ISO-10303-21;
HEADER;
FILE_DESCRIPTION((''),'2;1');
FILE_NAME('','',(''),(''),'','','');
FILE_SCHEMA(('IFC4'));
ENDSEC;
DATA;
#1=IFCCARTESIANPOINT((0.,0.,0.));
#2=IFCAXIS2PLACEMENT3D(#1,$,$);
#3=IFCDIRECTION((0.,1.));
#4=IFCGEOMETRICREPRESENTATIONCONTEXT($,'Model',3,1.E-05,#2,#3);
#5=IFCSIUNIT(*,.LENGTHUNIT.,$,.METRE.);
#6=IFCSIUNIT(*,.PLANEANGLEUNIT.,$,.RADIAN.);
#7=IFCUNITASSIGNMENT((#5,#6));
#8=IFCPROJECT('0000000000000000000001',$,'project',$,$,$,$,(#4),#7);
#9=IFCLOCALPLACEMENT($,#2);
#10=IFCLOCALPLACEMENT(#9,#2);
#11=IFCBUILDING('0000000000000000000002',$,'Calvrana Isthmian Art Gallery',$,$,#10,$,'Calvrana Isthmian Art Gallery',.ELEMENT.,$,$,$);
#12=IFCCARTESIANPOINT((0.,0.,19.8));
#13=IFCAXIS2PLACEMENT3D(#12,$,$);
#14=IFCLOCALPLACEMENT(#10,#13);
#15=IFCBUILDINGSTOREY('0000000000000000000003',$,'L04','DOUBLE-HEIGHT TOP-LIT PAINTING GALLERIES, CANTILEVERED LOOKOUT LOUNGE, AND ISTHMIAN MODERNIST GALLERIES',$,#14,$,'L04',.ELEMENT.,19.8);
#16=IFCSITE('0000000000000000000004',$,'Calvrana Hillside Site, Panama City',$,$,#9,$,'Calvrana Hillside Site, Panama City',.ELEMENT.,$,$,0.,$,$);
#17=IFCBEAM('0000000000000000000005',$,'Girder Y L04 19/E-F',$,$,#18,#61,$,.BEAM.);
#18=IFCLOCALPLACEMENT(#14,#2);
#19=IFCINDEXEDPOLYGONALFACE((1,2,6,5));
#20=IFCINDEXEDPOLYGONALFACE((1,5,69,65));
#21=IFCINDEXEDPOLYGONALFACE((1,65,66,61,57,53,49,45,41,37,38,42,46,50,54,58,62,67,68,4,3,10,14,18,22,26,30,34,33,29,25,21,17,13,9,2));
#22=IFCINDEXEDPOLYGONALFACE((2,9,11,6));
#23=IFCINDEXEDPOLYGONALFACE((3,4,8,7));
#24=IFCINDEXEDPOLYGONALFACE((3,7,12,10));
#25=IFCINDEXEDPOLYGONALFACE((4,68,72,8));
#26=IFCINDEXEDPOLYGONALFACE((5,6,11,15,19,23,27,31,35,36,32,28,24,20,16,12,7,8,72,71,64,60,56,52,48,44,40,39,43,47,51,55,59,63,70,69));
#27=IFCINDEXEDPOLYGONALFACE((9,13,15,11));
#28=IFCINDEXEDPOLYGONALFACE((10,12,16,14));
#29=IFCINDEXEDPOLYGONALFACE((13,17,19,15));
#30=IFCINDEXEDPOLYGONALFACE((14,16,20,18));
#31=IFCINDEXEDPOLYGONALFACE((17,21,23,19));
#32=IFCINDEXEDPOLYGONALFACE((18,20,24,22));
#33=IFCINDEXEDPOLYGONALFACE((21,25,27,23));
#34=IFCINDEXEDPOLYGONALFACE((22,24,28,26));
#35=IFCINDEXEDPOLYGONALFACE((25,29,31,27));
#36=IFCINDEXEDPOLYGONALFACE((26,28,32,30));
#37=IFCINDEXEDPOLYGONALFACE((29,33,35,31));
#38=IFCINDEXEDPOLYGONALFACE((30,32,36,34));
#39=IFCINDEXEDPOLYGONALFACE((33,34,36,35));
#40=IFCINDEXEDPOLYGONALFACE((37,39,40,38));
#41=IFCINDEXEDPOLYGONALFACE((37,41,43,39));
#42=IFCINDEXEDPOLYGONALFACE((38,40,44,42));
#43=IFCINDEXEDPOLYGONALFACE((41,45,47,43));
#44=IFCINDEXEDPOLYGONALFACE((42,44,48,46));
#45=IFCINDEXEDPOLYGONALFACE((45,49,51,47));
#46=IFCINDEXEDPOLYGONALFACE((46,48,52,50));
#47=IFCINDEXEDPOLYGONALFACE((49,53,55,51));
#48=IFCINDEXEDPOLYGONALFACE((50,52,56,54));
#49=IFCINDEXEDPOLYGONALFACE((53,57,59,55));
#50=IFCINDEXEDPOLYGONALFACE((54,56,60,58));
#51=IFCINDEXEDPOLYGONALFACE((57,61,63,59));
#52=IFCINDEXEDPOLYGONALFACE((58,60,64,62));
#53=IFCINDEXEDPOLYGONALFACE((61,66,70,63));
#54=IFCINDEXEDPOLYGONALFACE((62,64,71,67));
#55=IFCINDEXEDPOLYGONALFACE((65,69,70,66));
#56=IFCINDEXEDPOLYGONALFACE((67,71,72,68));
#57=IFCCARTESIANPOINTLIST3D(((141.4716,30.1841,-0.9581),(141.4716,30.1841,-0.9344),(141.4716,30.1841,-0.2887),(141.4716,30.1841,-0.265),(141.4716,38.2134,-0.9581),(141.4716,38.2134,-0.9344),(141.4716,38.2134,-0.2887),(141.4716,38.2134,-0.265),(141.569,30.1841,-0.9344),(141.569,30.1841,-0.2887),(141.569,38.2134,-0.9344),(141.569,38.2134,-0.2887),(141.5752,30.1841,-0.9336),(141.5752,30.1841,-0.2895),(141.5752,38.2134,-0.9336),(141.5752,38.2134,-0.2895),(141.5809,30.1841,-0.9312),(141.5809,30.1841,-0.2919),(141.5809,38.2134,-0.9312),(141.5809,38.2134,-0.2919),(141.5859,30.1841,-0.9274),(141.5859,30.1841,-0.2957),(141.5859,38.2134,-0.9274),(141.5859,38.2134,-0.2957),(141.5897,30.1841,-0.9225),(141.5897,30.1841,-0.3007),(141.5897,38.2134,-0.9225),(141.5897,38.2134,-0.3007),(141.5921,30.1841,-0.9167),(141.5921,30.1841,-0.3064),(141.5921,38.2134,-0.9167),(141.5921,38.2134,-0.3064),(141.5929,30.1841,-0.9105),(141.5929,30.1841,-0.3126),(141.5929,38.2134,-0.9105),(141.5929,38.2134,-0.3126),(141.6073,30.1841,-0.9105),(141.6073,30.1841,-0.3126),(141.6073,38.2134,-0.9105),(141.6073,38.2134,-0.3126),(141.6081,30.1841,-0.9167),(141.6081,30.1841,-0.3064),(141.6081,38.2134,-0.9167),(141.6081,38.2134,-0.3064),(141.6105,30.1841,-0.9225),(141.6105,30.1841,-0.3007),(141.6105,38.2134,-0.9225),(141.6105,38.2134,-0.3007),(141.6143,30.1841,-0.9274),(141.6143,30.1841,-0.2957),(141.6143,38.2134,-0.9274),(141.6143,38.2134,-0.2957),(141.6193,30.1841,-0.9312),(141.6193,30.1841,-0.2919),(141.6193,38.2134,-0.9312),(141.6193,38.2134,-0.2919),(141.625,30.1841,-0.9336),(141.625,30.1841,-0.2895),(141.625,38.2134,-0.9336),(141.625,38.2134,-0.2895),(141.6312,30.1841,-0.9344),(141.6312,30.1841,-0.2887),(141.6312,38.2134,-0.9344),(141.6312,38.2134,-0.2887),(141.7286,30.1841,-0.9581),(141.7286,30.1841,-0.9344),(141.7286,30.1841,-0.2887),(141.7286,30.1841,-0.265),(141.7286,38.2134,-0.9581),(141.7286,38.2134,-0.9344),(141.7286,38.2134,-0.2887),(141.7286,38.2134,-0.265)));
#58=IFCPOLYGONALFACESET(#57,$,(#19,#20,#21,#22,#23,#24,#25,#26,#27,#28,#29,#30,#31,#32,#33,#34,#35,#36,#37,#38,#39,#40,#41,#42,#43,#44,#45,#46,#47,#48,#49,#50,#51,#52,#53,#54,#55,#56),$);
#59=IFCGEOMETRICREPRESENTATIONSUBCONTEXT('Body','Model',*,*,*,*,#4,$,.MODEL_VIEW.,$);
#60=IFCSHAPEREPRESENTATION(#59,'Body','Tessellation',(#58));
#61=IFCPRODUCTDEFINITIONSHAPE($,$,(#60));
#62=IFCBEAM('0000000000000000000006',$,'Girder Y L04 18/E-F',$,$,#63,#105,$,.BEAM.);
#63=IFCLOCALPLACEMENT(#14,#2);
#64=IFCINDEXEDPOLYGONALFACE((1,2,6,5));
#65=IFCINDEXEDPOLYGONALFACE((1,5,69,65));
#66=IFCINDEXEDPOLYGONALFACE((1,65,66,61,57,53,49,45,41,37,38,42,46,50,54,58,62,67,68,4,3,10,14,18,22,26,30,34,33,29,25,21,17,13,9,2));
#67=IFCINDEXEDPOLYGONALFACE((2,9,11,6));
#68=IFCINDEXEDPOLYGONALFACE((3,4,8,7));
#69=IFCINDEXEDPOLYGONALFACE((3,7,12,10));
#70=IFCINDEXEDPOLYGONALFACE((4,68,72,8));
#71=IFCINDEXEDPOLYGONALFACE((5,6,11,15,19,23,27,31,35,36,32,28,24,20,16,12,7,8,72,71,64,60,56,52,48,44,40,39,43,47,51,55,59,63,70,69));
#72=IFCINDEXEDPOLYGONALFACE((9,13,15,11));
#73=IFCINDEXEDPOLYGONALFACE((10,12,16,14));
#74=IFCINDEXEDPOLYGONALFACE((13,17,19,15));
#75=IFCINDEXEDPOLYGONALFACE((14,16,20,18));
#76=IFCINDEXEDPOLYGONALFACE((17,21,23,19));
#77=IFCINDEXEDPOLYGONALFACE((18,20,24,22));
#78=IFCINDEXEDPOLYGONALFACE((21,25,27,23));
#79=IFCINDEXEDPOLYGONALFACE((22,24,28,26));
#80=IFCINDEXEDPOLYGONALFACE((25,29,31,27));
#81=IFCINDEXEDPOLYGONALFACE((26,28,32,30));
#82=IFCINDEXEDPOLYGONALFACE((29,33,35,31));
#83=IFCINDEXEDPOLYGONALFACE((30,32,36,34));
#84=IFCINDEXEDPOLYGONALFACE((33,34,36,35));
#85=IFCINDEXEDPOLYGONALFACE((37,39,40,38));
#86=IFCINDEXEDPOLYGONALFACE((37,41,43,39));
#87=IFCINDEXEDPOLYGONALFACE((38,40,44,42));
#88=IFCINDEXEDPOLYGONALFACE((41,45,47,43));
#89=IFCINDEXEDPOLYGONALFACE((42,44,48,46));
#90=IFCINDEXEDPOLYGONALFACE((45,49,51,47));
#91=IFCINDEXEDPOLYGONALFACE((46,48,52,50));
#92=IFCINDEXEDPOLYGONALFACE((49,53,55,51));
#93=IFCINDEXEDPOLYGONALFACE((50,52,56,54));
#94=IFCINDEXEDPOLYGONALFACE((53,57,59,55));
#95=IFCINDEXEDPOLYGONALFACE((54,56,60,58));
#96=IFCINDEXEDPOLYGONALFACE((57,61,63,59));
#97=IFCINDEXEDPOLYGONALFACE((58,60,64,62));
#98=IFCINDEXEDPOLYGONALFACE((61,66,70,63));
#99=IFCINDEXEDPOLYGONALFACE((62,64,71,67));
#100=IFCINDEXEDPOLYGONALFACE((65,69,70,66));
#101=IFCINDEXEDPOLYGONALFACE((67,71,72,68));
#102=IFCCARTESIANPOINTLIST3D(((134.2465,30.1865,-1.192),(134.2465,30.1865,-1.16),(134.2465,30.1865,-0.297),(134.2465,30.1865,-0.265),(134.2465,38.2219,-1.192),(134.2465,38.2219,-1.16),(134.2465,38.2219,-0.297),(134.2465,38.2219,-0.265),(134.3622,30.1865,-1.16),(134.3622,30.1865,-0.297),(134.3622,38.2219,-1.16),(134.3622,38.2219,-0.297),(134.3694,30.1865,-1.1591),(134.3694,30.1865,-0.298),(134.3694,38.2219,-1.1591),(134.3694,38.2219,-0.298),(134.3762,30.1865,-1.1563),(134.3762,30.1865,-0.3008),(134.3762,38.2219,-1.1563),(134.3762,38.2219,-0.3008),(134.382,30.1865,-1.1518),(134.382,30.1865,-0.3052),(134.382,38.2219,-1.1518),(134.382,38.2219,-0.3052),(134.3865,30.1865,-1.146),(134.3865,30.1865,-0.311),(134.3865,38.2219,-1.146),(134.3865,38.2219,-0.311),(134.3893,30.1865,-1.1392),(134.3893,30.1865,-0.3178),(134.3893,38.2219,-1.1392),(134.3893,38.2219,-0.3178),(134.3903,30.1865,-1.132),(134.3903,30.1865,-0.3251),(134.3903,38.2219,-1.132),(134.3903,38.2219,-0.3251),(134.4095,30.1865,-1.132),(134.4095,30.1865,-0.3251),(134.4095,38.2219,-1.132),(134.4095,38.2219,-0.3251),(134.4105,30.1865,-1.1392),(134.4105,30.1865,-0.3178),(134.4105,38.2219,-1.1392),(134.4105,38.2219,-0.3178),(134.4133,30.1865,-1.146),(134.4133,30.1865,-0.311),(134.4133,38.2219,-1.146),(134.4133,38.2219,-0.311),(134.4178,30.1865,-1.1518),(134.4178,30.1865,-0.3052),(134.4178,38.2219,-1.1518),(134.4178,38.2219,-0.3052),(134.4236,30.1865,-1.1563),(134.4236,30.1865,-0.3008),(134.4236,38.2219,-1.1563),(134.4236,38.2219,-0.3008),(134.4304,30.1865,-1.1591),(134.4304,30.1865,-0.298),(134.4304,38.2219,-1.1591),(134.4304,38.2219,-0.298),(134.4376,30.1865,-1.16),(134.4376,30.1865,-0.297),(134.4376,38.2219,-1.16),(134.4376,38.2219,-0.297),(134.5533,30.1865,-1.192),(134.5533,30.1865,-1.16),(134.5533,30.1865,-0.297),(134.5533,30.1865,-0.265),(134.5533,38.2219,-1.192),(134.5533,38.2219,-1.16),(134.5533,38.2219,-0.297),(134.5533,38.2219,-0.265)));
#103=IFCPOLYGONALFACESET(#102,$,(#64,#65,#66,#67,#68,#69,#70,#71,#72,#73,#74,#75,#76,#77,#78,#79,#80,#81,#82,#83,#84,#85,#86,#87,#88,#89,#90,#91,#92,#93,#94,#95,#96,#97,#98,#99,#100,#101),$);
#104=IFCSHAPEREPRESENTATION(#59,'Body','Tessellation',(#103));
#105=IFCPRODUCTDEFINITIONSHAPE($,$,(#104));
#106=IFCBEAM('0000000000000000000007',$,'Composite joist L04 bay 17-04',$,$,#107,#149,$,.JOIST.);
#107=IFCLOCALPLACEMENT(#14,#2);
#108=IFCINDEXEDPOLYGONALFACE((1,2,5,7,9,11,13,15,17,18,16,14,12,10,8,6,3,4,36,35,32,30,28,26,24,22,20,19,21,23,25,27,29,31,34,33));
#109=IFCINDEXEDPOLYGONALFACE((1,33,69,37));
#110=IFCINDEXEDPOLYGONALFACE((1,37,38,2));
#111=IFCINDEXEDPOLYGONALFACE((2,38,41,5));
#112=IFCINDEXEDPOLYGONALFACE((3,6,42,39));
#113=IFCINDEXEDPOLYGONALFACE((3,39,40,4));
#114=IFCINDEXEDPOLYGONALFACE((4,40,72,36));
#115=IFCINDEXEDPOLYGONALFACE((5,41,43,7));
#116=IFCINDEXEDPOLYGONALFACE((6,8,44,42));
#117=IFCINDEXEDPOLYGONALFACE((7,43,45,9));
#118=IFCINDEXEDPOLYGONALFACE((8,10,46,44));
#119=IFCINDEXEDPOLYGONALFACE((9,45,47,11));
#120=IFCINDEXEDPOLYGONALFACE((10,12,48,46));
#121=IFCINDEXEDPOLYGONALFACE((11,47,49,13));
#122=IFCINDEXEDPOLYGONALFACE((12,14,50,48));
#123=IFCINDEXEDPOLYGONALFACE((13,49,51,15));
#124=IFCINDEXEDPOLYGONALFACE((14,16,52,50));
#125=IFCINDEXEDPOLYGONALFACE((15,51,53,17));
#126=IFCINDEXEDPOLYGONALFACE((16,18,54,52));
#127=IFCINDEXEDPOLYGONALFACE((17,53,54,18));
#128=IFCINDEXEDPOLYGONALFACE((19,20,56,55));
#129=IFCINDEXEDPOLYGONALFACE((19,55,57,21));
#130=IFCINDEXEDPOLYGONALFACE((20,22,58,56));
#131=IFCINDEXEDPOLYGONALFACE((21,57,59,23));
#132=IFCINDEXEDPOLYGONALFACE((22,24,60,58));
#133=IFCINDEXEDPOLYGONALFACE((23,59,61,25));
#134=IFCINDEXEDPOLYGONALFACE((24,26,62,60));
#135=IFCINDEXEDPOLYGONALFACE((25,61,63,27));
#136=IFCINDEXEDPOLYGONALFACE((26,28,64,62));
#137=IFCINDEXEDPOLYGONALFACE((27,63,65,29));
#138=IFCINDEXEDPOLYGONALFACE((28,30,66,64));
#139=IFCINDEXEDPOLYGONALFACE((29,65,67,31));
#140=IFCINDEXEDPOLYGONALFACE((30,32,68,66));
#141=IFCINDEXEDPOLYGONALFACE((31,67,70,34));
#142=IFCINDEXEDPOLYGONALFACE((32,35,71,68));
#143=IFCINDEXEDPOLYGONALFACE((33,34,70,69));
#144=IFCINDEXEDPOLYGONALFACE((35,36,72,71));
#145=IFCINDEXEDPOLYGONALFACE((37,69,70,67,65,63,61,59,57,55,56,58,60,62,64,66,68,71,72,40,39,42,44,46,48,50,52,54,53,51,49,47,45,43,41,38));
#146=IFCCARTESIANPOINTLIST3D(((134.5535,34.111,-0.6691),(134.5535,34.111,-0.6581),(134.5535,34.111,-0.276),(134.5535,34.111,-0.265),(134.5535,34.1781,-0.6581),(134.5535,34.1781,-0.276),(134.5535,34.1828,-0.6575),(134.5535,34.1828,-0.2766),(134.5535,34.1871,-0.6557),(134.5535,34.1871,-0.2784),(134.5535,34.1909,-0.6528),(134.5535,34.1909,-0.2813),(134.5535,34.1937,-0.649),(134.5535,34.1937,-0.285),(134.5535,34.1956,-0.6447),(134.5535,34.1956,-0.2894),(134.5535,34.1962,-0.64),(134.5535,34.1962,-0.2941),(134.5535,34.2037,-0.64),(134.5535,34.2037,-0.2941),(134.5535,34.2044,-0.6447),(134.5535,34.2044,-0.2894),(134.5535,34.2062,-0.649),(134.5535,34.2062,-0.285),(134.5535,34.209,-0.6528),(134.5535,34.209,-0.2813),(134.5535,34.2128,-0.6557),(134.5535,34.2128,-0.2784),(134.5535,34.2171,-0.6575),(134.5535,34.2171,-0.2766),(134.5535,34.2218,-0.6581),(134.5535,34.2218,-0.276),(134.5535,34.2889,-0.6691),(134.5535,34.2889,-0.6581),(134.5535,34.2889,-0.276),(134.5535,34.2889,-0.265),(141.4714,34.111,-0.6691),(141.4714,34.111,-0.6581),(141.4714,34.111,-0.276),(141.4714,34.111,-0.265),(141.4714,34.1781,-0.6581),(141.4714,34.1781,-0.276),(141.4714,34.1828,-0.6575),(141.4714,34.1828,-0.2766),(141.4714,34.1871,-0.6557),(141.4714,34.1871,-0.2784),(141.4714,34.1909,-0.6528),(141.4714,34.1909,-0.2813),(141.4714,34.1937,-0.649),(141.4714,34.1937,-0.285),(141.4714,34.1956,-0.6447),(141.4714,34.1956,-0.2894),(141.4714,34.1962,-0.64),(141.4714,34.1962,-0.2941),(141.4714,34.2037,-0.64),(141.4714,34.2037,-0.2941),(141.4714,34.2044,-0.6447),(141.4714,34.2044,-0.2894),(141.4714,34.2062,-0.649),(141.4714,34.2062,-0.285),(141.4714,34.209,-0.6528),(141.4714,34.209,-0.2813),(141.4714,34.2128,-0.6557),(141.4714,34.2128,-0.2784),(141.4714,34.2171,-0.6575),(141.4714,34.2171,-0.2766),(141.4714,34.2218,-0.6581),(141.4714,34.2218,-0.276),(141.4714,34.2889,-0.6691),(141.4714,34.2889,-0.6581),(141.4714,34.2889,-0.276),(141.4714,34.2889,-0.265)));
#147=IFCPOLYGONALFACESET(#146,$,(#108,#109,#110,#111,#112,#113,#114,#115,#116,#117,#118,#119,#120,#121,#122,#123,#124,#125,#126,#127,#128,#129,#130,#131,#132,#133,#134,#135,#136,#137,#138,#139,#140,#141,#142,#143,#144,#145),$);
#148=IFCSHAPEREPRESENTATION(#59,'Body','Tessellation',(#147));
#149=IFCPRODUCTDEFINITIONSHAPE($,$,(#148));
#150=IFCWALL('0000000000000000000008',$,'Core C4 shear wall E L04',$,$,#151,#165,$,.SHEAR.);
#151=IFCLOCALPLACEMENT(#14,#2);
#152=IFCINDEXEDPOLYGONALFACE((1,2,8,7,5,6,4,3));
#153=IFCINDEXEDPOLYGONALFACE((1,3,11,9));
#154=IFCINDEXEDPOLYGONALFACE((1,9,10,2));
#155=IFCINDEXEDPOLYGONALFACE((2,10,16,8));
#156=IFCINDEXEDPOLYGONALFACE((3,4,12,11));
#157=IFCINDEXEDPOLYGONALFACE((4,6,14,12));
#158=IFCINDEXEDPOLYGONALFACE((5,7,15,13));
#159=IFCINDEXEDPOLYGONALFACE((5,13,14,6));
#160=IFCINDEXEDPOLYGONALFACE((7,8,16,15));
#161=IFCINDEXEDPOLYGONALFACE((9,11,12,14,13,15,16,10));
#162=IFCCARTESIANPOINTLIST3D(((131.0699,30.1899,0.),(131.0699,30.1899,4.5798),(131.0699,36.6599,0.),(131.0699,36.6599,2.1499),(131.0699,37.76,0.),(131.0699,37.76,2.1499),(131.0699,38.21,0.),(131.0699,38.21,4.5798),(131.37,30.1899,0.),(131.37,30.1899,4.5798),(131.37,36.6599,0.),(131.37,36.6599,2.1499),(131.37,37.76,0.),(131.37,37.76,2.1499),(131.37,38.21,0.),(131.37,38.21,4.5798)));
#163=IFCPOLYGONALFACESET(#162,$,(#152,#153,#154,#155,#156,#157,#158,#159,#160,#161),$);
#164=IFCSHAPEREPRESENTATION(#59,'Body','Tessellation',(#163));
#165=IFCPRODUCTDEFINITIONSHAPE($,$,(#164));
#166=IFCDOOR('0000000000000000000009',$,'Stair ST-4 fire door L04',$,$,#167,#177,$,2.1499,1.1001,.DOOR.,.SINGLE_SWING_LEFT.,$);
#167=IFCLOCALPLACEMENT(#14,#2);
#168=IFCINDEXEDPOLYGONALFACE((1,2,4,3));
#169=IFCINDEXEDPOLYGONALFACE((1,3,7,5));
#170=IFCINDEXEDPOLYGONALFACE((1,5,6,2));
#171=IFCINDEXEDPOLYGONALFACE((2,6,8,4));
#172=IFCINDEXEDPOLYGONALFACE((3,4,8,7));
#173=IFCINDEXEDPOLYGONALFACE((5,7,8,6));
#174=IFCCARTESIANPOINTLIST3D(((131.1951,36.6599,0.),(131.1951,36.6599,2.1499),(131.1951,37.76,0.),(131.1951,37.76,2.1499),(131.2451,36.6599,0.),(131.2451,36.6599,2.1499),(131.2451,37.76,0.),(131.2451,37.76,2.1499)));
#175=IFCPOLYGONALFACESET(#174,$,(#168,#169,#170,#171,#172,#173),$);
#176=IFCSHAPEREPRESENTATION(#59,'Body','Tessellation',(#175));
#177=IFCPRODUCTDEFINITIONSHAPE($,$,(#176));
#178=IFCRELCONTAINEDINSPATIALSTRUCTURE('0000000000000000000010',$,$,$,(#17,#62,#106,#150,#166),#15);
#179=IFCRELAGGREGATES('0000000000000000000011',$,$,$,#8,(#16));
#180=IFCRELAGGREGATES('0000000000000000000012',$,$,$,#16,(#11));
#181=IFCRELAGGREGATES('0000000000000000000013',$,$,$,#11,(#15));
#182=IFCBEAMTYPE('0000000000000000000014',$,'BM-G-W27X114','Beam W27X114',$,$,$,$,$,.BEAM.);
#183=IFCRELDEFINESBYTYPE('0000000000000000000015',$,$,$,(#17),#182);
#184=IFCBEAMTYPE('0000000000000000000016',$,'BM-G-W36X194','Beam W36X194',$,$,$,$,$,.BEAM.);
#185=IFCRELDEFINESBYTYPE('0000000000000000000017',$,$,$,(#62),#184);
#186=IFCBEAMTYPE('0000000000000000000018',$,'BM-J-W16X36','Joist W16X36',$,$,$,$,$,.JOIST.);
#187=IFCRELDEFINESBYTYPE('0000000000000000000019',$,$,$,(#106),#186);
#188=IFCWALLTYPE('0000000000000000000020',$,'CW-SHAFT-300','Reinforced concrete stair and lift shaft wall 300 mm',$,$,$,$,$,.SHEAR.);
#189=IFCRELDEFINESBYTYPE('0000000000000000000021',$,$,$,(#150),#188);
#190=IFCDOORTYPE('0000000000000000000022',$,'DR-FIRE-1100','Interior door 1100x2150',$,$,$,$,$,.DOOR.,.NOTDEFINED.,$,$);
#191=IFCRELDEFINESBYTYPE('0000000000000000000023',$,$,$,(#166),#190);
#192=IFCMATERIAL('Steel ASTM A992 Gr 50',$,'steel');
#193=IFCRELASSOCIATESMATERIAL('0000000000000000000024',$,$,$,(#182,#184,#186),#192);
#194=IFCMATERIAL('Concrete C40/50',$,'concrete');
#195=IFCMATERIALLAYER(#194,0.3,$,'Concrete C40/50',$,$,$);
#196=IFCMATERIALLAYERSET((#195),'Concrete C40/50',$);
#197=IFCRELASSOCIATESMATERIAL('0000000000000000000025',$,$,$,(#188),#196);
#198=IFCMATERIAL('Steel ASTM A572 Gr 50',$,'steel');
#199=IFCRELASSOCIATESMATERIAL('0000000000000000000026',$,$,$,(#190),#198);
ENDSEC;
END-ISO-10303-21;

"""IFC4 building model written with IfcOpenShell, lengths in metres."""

from ifc_helpers import new_model, si_unit, direction, frame, frame_2d, origin, origin_2d, place, context, subcontext, project, spatial, rectangle, i_section, extrude, material, layer, layer_set, material_profile, profile_set, type_object, element, fill, save


model = new_model("IFC4")

# Units and contexts
model_context = context("Model", 3, precision=1e-05, world=origin(), true_north=direction((0.0, 1.0)))
body_context = subcontext(model_context, "Body", "Model", "MODEL_VIEW")
ifc_project = project(units=[si_unit("LENGTHUNIT", "METRE"), si_unit("PLANEANGLEUNIT", "RADIAN")], contexts=[model_context])

# Site, building, storey
site_placement = place(None, origin())
site = spatial("IfcSite", under=ifc_project, at=site_placement, Name="Calvrana Hillside Site, Panama City", LongName="Calvrana Hillside Site, Panama City", CompositionType="ELEMENT", RefElevation=0.0)
building_placement = place(site_placement, origin())
building = spatial("IfcBuilding", under=site, at=building_placement, Name="Calvrana Isthmian Art Gallery", LongName="Calvrana Isthmian Art Gallery", CompositionType="ELEMENT")
storey_placement = place(building_placement, frame((0.0, 0.0, 19.8)))
storey = spatial("IfcBuildingStorey", under=building, at=storey_placement, Name="L04", Description="DOUBLE-HEIGHT TOP-LIT PAINTING GALLERIES, CANTILEVERED LOOKOUT LOUNGE, AND ISTHMIAN MODERNIST GALLERIES", LongName="L04", CompositionType="ELEMENT", Elevation=19.8)

# Shared definitions
ifc_material_1 = material(Name="Steel ASTM A992 Gr 50", Category="steel")

# Beams
ifc_material_profile_1 = material_profile(ifc_material_1, i_section(OverallWidth=0.2571, OverallDepth=0.6931, WebThickness=0.0144, FlangeThickness=0.0237, FilletRadius=0.0239, at=origin_2d()), Name="W27X114")
ifc_profile_set_1 = profile_set([ifc_material_profile_1], Name="Steel ASTM A992 Gr 50")
beam_type_1 = type_object("IfcBeamType", Name="BM-G-W27X114", Description="Beam W27X114", PredefinedType="BEAM", material=ifc_profile_set_1)
beam_1_placement = place(storey_placement, frame((141.6001, 30.1841, -0.6116), z_axis=(0.0, 1.0, 0.0), x_axis=(-1.0, 0.0, 0.0)))
element("IfcBeam", 1, at=beam_1_placement, inside=storey, type_object=beam_type_1, Name="Girder Y L04 19/E-F", PredefinedType="BEAM", context=body_context, shape_type="SweptSolid", body=[
    extrude(i_section(OverallWidth=0.2571, OverallDepth=0.6931, WebThickness=0.0144, FlangeThickness=0.0237, FilletRadius=0.0239, at=origin_2d()), origin(), (0.0, 0.0, 1.0), 8.0293),
])
ifc_material_profile_2 = material_profile(ifc_material_1, i_section(OverallWidth=0.3069, OverallDepth=0.927, WebThickness=0.0193, FlangeThickness=0.032, FilletRadius=0.0281, at=origin_2d()), Name="W36X194")
ifc_profile_set_2 = profile_set([ifc_material_profile_2], Name="Steel ASTM A992 Gr 50")
beam_type_2 = type_object("IfcBeamType", Name="BM-G-W36X194", Description="Beam W36X194", PredefinedType="BEAM", material=ifc_profile_set_2)
beam_2_placement = place(storey_placement, frame((134.3999, 30.1865, -0.7285), z_axis=(0.0, 1.0, 0.0), x_axis=(-1.0, 0.0, 0.0)))
element("IfcBeam", 2, at=beam_2_placement, inside=storey, type_object=beam_type_2, Name="Girder Y L04 18/E-F", PredefinedType="BEAM", context=body_context, shape_type="SweptSolid", body=[
    extrude(i_section(OverallWidth=0.3069, OverallDepth=0.927, WebThickness=0.0193, FlangeThickness=0.032, FilletRadius=0.0281, at=origin_2d()), origin(), (0.0, 0.0, 1.0), 8.0354),
])
ifc_material_profile_3 = material_profile(ifc_material_1, i_section(OverallWidth=0.178, OverallDepth=0.4041, WebThickness=0.0076, FlangeThickness=0.011, FilletRadius=0.0181, at=origin_2d()), Name="W16X36")
ifc_profile_set_3 = profile_set([ifc_material_profile_3], Name="Steel ASTM A992 Gr 50")
beam_type_3 = type_object("IfcBeamType", Name="BM-J-W16X36", Description="Joist W16X36", PredefinedType="JOIST", material=ifc_profile_set_3)
beam_3_placement = place(storey_placement, frame((134.5535, 34.2, -0.467), z_axis=(1.0, 0.0, 0.0), x_axis=(0.0, 1.0, 0.0)))
element("IfcBeam", 3, at=beam_3_placement, inside=storey, type_object=beam_type_3, Name="Composite joist L04 bay 17-04", PredefinedType="JOIST", context=body_context, shape_type="SweptSolid", body=[
    extrude(i_section(OverallWidth=0.178, OverallDepth=0.4041, WebThickness=0.0076, FlangeThickness=0.011, FilletRadius=0.0181, at=origin_2d()), origin(), (0.0, 0.0, 1.0), 6.918),
])

# Wall, opening, door
ifc_material_2 = material(Name="Concrete C40/50", Category="concrete")
ifc_layer_1 = layer(ifc_material_2, 0.3, Name="Concrete C40/50")
ifc_layer_set_1 = layer_set([ifc_layer_1], Name="Concrete C40/50")
wall_type_1 = type_object("IfcWallType", Name="CW-SHAFT-300", Description="Reinforced concrete stair and lift shaft wall 300 mm", PredefinedType="SHEAR", material=ifc_layer_set_1)
wall_1_placement = place(storey_placement, frame((131.22, 30.1899, 0.0), z_axis=(0.0, 0.0, 1.0), x_axis=(0.0, 1.0, 0.0)))
wall_1 = element("IfcWall", 4, at=wall_1_placement, inside=storey, type_object=wall_type_1, Name="Core C4 shear wall E L04", PredefinedType="SHEAR", context=body_context, shape_type="SweptSolid", body=[
    extrude(rectangle(XDim=8.02, YDim=0.3, at=frame_2d((4.01, 0.0))), origin(), (0.0, 0.0, 1.0), 4.5798),
])
opening_1_placement = place(wall_1_placement, frame((6.47, 0.0, 0.0)))
opening_1 = element("IfcOpeningElement", 5, at=opening_1_placement, cuts=wall_1, PredefinedType="OPENING", context=body_context, shape_type="SweptSolid", body=[
    extrude(rectangle(XDim=1.1001, YDim=2.1499, at=frame_2d((0.55, 1.075))), frame((0.0, 0.1602, 0.0), z_axis=(0.0, -1.0, 0.0), x_axis=(1.0, 0.0, 0.0)), (0.0, 0.0, 1.0), 0.3206),
])
ifc_material_3 = material(Name="Steel ASTM A572 Gr 50", Category="steel")
door_type_1 = type_object("IfcDoorType", Name="DR-FIRE-1100", Description="Interior door 1100x2150", OperationType="NOTDEFINED", PredefinedType="DOOR", material=ifc_material_3)
door_1_placement = place(opening_1_placement, origin())
door_1 = element("IfcDoor", 6, at=door_1_placement, inside=storey, type_object=door_type_1, Name="Stair ST-4 fire door L04", OperationType="SINGLE_SWING_LEFT", OverallHeight=2.1499, OverallWidth=1.1001, PredefinedType="DOOR", context=body_context, shape_type="SweptSolid", body=[
    extrude(rectangle(XDim=1.1001, YDim=2.1499, at=frame_2d((0.55, 1.075))), frame((0.0, 0.0249, 0.0), z_axis=(0.0, -1.0, 0.0), x_axis=(1.0, 0.0, 0.0)), (0.0, 0.0, 1.0), 0.05),
])
fill(opening_1, door_1)

save(model, "model.ifc")
